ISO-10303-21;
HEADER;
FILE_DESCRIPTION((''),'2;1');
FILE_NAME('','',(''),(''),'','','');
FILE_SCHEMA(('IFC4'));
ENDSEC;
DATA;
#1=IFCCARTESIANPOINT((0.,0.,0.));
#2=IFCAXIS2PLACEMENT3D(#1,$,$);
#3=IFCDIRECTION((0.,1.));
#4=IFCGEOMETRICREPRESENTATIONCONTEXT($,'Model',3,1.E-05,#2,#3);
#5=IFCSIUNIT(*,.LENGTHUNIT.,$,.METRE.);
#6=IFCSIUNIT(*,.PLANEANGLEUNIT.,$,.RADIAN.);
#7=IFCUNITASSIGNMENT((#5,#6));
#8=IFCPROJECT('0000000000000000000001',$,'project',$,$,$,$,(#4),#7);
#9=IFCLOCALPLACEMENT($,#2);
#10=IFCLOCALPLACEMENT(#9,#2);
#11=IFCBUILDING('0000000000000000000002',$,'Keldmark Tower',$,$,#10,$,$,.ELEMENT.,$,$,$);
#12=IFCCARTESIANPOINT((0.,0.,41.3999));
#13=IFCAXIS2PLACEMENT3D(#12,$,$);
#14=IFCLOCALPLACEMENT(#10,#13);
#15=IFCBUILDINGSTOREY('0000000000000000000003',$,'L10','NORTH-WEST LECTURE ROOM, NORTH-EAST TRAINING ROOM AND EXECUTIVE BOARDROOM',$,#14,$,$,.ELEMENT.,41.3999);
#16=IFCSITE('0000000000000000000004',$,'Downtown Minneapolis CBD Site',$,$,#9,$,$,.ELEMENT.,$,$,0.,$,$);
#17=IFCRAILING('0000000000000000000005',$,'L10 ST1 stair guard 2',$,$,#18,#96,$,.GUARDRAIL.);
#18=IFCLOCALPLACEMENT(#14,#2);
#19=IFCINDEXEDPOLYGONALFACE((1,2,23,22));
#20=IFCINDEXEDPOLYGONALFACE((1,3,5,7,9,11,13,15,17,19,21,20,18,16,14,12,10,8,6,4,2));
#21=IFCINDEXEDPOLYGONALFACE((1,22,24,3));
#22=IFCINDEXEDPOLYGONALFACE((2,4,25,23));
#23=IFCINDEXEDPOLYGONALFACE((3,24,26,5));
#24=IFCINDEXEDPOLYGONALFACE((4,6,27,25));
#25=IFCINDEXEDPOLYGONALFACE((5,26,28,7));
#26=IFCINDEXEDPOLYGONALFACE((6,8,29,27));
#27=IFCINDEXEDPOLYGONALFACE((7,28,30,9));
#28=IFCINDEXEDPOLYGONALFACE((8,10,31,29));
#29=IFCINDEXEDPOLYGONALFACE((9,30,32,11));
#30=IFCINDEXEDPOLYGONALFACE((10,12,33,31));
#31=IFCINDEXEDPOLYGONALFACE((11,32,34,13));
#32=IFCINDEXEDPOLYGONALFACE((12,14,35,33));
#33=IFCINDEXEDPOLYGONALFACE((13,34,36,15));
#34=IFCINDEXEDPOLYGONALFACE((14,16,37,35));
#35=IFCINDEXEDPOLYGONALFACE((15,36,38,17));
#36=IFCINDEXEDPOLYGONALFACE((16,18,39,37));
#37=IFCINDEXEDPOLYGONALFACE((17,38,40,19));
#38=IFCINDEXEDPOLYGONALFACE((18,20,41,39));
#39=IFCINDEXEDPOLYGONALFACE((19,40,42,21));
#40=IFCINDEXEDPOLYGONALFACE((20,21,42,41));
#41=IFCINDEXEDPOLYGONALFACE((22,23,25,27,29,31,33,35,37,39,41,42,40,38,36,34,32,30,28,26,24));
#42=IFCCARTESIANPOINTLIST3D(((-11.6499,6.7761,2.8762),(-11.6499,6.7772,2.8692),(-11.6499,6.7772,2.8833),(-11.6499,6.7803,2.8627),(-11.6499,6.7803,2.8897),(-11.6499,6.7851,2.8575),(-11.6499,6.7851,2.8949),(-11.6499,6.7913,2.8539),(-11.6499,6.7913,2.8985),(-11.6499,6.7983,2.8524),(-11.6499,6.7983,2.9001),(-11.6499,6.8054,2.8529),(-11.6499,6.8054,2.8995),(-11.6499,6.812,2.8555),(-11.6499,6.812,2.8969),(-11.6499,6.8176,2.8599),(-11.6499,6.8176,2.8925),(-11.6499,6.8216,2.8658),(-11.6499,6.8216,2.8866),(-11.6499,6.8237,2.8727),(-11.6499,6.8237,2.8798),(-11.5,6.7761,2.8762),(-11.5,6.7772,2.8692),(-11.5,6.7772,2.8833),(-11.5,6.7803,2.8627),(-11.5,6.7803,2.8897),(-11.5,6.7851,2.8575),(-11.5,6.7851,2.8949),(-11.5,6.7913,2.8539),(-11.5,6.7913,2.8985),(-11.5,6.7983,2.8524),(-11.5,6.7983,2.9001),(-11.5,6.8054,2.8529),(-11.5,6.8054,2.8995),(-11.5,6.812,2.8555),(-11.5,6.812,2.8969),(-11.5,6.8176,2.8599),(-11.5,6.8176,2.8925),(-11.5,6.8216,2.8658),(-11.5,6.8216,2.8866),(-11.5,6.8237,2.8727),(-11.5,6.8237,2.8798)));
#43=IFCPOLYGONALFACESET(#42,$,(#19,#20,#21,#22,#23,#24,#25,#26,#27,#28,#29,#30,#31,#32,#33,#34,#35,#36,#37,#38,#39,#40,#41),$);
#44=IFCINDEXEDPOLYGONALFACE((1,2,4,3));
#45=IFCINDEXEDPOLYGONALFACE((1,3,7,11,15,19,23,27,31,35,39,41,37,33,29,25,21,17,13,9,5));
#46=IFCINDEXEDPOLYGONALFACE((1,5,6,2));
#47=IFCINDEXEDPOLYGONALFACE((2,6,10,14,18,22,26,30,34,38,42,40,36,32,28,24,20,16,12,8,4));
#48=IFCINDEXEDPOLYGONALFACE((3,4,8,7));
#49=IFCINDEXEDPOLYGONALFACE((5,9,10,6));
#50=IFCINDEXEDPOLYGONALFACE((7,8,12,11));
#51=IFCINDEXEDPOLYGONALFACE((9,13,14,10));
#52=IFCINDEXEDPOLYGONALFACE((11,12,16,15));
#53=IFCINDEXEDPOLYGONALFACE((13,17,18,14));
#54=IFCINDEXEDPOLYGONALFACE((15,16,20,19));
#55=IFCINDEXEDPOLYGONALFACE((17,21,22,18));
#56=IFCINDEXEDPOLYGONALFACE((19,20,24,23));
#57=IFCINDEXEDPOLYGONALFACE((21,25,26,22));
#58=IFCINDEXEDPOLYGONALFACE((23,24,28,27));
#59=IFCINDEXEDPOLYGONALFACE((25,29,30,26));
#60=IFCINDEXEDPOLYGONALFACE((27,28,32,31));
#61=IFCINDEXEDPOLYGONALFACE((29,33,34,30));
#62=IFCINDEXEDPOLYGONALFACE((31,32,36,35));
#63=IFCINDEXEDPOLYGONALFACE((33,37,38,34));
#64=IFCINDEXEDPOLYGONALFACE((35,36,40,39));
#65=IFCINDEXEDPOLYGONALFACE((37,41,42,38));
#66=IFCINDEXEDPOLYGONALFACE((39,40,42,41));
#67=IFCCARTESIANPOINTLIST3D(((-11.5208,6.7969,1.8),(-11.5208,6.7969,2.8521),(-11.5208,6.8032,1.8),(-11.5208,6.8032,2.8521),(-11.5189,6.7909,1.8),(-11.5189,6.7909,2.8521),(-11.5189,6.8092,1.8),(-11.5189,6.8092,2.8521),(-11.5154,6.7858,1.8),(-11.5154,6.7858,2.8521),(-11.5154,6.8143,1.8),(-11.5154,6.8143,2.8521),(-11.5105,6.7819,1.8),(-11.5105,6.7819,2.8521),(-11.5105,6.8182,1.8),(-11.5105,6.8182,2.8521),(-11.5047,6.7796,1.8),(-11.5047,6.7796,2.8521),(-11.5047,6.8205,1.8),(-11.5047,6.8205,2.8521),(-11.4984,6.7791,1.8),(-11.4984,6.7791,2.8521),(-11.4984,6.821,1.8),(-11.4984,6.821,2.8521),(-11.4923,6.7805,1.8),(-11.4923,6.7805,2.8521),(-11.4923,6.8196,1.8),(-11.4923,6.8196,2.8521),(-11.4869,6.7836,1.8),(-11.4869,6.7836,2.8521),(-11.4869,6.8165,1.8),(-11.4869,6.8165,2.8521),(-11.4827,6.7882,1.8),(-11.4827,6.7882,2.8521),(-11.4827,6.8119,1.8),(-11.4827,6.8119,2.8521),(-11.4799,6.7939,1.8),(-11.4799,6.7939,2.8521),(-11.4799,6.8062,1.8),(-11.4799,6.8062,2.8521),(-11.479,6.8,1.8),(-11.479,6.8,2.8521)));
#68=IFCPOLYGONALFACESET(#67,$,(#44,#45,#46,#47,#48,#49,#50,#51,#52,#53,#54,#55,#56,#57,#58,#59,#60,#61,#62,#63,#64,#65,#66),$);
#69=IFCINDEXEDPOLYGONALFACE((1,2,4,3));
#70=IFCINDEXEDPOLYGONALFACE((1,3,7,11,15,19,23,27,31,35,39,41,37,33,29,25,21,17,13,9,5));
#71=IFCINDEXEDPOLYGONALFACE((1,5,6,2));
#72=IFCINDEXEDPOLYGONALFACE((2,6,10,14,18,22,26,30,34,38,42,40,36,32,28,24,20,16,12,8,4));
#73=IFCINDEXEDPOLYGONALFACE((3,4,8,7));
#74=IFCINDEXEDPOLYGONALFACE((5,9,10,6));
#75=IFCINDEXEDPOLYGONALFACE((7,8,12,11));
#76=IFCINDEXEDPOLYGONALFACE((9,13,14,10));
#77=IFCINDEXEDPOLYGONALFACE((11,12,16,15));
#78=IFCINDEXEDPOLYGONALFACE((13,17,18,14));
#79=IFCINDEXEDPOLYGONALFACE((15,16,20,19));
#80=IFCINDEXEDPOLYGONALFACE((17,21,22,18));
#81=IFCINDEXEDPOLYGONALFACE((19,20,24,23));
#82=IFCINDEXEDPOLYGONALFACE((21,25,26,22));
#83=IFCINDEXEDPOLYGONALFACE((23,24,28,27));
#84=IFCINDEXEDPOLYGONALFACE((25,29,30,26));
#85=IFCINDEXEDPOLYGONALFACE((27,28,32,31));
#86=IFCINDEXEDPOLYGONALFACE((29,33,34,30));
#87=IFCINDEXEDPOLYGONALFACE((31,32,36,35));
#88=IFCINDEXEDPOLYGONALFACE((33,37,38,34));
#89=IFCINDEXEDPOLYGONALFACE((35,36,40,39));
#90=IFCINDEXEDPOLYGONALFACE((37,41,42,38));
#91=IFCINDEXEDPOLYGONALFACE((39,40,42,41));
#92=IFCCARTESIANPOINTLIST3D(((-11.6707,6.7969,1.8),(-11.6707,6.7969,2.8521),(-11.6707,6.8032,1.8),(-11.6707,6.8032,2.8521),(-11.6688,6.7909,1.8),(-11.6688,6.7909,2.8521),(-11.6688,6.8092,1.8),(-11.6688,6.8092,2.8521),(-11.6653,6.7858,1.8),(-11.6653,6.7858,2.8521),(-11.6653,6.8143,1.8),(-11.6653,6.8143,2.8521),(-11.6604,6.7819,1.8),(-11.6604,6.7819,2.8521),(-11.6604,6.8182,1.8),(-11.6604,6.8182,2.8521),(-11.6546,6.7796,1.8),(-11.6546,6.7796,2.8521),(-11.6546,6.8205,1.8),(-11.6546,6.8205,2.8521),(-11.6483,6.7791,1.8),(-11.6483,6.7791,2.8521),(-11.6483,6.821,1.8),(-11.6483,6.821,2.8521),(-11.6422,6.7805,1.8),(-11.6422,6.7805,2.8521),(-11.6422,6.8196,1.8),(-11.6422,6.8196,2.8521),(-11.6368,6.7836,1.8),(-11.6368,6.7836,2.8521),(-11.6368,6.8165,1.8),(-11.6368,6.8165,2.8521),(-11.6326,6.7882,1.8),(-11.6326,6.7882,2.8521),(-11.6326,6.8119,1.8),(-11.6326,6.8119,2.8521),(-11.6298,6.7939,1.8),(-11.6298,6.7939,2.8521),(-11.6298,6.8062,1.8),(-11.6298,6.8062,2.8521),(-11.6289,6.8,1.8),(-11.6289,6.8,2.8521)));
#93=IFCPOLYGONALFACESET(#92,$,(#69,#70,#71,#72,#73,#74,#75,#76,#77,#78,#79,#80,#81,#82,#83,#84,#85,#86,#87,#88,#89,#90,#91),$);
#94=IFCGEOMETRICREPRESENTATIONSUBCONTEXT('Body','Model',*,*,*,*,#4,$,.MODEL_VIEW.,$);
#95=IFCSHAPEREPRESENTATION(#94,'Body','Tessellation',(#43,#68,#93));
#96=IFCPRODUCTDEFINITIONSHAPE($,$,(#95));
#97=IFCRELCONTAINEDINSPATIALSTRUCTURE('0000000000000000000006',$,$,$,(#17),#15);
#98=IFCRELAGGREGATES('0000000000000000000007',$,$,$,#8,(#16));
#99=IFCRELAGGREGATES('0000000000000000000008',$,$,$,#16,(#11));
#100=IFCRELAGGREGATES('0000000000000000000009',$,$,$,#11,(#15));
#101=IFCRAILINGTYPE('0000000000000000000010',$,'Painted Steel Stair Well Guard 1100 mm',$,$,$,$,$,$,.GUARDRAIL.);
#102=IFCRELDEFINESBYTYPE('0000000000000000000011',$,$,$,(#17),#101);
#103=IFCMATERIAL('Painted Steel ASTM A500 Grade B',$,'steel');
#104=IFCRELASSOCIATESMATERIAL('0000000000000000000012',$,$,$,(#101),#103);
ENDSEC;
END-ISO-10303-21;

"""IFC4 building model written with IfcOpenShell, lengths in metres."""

from ifc_helpers import new_model, si_unit, direction, frame, origin, origin_2d, place, context, subcontext, project, spatial, circle, extrude, material, type_object, element, save


model = new_model("IFC4")

# Units and contexts
model_context = context("Model", 3, precision=1e-05, world=origin(), true_north=direction((0.0, 1.0)))
body_context = subcontext(model_context, "Body", "Model", "MODEL_VIEW")
ifc_project = project(units=[si_unit("LENGTHUNIT", "METRE"), si_unit("PLANEANGLEUNIT", "RADIAN")], contexts=[model_context])

# Site, building, storey
site_placement = place(None, origin())
site = spatial("IfcSite", under=ifc_project, at=site_placement, Name="Downtown Minneapolis CBD Site", CompositionType="ELEMENT", RefElevation=0.0)
building_placement = place(site_placement, origin())
building = spatial("IfcBuilding", under=site, at=building_placement, Name="Keldmark Tower", CompositionType="ELEMENT")
storey_placement = place(building_placement, frame((0.0, 0.0, 41.3999)))
storey = spatial("IfcBuildingStorey", under=building, at=storey_placement, Name="L10", Description="NORTH-WEST LECTURE ROOM, NORTH-EAST TRAINING ROOM AND EXECUTIVE BOARDROOM", CompositionType="ELEMENT", Elevation=41.3999)

# Railing
ifc_material_1 = material(Name="Painted Steel ASTM A500 Grade B", Category="steel")
railing_type_1 = type_object("IfcRailingType", Name="Painted Steel Stair Well Guard 1100 mm", PredefinedType="GUARDRAIL", material=ifc_material_1)
railing_1_placement = place(storey_placement, frame((-11.5, 6.8, 1.8)))
element("IfcRailing", 1, at=railing_1_placement, inside=storey, type_object=railing_type_1, Name="L10 ST1 stair guard 2", PredefinedType="GUARDRAIL", context=body_context, shape_type="SweptSolid", body=[
    extrude(circle(Radius=0.0239, at=origin_2d()), frame((0.0, 0.0, 1.0762), z_axis=(-1.0, 0.0, 0.0), x_axis=(0.0, -1.0, 0.0)), (0.0, 0.0, 1.0), 0.1499),
    extrude(circle(Radius=0.021, at=origin_2d()), origin(), (0.0, 0.0, 1.0), 1.052),
    extrude(circle(Radius=0.021, at=origin_2d()), frame((-0.1499, 0.0, 0.0)), (0.0, 0.0, 1.0), 1.052),
])

save(model, "model.ifc")
